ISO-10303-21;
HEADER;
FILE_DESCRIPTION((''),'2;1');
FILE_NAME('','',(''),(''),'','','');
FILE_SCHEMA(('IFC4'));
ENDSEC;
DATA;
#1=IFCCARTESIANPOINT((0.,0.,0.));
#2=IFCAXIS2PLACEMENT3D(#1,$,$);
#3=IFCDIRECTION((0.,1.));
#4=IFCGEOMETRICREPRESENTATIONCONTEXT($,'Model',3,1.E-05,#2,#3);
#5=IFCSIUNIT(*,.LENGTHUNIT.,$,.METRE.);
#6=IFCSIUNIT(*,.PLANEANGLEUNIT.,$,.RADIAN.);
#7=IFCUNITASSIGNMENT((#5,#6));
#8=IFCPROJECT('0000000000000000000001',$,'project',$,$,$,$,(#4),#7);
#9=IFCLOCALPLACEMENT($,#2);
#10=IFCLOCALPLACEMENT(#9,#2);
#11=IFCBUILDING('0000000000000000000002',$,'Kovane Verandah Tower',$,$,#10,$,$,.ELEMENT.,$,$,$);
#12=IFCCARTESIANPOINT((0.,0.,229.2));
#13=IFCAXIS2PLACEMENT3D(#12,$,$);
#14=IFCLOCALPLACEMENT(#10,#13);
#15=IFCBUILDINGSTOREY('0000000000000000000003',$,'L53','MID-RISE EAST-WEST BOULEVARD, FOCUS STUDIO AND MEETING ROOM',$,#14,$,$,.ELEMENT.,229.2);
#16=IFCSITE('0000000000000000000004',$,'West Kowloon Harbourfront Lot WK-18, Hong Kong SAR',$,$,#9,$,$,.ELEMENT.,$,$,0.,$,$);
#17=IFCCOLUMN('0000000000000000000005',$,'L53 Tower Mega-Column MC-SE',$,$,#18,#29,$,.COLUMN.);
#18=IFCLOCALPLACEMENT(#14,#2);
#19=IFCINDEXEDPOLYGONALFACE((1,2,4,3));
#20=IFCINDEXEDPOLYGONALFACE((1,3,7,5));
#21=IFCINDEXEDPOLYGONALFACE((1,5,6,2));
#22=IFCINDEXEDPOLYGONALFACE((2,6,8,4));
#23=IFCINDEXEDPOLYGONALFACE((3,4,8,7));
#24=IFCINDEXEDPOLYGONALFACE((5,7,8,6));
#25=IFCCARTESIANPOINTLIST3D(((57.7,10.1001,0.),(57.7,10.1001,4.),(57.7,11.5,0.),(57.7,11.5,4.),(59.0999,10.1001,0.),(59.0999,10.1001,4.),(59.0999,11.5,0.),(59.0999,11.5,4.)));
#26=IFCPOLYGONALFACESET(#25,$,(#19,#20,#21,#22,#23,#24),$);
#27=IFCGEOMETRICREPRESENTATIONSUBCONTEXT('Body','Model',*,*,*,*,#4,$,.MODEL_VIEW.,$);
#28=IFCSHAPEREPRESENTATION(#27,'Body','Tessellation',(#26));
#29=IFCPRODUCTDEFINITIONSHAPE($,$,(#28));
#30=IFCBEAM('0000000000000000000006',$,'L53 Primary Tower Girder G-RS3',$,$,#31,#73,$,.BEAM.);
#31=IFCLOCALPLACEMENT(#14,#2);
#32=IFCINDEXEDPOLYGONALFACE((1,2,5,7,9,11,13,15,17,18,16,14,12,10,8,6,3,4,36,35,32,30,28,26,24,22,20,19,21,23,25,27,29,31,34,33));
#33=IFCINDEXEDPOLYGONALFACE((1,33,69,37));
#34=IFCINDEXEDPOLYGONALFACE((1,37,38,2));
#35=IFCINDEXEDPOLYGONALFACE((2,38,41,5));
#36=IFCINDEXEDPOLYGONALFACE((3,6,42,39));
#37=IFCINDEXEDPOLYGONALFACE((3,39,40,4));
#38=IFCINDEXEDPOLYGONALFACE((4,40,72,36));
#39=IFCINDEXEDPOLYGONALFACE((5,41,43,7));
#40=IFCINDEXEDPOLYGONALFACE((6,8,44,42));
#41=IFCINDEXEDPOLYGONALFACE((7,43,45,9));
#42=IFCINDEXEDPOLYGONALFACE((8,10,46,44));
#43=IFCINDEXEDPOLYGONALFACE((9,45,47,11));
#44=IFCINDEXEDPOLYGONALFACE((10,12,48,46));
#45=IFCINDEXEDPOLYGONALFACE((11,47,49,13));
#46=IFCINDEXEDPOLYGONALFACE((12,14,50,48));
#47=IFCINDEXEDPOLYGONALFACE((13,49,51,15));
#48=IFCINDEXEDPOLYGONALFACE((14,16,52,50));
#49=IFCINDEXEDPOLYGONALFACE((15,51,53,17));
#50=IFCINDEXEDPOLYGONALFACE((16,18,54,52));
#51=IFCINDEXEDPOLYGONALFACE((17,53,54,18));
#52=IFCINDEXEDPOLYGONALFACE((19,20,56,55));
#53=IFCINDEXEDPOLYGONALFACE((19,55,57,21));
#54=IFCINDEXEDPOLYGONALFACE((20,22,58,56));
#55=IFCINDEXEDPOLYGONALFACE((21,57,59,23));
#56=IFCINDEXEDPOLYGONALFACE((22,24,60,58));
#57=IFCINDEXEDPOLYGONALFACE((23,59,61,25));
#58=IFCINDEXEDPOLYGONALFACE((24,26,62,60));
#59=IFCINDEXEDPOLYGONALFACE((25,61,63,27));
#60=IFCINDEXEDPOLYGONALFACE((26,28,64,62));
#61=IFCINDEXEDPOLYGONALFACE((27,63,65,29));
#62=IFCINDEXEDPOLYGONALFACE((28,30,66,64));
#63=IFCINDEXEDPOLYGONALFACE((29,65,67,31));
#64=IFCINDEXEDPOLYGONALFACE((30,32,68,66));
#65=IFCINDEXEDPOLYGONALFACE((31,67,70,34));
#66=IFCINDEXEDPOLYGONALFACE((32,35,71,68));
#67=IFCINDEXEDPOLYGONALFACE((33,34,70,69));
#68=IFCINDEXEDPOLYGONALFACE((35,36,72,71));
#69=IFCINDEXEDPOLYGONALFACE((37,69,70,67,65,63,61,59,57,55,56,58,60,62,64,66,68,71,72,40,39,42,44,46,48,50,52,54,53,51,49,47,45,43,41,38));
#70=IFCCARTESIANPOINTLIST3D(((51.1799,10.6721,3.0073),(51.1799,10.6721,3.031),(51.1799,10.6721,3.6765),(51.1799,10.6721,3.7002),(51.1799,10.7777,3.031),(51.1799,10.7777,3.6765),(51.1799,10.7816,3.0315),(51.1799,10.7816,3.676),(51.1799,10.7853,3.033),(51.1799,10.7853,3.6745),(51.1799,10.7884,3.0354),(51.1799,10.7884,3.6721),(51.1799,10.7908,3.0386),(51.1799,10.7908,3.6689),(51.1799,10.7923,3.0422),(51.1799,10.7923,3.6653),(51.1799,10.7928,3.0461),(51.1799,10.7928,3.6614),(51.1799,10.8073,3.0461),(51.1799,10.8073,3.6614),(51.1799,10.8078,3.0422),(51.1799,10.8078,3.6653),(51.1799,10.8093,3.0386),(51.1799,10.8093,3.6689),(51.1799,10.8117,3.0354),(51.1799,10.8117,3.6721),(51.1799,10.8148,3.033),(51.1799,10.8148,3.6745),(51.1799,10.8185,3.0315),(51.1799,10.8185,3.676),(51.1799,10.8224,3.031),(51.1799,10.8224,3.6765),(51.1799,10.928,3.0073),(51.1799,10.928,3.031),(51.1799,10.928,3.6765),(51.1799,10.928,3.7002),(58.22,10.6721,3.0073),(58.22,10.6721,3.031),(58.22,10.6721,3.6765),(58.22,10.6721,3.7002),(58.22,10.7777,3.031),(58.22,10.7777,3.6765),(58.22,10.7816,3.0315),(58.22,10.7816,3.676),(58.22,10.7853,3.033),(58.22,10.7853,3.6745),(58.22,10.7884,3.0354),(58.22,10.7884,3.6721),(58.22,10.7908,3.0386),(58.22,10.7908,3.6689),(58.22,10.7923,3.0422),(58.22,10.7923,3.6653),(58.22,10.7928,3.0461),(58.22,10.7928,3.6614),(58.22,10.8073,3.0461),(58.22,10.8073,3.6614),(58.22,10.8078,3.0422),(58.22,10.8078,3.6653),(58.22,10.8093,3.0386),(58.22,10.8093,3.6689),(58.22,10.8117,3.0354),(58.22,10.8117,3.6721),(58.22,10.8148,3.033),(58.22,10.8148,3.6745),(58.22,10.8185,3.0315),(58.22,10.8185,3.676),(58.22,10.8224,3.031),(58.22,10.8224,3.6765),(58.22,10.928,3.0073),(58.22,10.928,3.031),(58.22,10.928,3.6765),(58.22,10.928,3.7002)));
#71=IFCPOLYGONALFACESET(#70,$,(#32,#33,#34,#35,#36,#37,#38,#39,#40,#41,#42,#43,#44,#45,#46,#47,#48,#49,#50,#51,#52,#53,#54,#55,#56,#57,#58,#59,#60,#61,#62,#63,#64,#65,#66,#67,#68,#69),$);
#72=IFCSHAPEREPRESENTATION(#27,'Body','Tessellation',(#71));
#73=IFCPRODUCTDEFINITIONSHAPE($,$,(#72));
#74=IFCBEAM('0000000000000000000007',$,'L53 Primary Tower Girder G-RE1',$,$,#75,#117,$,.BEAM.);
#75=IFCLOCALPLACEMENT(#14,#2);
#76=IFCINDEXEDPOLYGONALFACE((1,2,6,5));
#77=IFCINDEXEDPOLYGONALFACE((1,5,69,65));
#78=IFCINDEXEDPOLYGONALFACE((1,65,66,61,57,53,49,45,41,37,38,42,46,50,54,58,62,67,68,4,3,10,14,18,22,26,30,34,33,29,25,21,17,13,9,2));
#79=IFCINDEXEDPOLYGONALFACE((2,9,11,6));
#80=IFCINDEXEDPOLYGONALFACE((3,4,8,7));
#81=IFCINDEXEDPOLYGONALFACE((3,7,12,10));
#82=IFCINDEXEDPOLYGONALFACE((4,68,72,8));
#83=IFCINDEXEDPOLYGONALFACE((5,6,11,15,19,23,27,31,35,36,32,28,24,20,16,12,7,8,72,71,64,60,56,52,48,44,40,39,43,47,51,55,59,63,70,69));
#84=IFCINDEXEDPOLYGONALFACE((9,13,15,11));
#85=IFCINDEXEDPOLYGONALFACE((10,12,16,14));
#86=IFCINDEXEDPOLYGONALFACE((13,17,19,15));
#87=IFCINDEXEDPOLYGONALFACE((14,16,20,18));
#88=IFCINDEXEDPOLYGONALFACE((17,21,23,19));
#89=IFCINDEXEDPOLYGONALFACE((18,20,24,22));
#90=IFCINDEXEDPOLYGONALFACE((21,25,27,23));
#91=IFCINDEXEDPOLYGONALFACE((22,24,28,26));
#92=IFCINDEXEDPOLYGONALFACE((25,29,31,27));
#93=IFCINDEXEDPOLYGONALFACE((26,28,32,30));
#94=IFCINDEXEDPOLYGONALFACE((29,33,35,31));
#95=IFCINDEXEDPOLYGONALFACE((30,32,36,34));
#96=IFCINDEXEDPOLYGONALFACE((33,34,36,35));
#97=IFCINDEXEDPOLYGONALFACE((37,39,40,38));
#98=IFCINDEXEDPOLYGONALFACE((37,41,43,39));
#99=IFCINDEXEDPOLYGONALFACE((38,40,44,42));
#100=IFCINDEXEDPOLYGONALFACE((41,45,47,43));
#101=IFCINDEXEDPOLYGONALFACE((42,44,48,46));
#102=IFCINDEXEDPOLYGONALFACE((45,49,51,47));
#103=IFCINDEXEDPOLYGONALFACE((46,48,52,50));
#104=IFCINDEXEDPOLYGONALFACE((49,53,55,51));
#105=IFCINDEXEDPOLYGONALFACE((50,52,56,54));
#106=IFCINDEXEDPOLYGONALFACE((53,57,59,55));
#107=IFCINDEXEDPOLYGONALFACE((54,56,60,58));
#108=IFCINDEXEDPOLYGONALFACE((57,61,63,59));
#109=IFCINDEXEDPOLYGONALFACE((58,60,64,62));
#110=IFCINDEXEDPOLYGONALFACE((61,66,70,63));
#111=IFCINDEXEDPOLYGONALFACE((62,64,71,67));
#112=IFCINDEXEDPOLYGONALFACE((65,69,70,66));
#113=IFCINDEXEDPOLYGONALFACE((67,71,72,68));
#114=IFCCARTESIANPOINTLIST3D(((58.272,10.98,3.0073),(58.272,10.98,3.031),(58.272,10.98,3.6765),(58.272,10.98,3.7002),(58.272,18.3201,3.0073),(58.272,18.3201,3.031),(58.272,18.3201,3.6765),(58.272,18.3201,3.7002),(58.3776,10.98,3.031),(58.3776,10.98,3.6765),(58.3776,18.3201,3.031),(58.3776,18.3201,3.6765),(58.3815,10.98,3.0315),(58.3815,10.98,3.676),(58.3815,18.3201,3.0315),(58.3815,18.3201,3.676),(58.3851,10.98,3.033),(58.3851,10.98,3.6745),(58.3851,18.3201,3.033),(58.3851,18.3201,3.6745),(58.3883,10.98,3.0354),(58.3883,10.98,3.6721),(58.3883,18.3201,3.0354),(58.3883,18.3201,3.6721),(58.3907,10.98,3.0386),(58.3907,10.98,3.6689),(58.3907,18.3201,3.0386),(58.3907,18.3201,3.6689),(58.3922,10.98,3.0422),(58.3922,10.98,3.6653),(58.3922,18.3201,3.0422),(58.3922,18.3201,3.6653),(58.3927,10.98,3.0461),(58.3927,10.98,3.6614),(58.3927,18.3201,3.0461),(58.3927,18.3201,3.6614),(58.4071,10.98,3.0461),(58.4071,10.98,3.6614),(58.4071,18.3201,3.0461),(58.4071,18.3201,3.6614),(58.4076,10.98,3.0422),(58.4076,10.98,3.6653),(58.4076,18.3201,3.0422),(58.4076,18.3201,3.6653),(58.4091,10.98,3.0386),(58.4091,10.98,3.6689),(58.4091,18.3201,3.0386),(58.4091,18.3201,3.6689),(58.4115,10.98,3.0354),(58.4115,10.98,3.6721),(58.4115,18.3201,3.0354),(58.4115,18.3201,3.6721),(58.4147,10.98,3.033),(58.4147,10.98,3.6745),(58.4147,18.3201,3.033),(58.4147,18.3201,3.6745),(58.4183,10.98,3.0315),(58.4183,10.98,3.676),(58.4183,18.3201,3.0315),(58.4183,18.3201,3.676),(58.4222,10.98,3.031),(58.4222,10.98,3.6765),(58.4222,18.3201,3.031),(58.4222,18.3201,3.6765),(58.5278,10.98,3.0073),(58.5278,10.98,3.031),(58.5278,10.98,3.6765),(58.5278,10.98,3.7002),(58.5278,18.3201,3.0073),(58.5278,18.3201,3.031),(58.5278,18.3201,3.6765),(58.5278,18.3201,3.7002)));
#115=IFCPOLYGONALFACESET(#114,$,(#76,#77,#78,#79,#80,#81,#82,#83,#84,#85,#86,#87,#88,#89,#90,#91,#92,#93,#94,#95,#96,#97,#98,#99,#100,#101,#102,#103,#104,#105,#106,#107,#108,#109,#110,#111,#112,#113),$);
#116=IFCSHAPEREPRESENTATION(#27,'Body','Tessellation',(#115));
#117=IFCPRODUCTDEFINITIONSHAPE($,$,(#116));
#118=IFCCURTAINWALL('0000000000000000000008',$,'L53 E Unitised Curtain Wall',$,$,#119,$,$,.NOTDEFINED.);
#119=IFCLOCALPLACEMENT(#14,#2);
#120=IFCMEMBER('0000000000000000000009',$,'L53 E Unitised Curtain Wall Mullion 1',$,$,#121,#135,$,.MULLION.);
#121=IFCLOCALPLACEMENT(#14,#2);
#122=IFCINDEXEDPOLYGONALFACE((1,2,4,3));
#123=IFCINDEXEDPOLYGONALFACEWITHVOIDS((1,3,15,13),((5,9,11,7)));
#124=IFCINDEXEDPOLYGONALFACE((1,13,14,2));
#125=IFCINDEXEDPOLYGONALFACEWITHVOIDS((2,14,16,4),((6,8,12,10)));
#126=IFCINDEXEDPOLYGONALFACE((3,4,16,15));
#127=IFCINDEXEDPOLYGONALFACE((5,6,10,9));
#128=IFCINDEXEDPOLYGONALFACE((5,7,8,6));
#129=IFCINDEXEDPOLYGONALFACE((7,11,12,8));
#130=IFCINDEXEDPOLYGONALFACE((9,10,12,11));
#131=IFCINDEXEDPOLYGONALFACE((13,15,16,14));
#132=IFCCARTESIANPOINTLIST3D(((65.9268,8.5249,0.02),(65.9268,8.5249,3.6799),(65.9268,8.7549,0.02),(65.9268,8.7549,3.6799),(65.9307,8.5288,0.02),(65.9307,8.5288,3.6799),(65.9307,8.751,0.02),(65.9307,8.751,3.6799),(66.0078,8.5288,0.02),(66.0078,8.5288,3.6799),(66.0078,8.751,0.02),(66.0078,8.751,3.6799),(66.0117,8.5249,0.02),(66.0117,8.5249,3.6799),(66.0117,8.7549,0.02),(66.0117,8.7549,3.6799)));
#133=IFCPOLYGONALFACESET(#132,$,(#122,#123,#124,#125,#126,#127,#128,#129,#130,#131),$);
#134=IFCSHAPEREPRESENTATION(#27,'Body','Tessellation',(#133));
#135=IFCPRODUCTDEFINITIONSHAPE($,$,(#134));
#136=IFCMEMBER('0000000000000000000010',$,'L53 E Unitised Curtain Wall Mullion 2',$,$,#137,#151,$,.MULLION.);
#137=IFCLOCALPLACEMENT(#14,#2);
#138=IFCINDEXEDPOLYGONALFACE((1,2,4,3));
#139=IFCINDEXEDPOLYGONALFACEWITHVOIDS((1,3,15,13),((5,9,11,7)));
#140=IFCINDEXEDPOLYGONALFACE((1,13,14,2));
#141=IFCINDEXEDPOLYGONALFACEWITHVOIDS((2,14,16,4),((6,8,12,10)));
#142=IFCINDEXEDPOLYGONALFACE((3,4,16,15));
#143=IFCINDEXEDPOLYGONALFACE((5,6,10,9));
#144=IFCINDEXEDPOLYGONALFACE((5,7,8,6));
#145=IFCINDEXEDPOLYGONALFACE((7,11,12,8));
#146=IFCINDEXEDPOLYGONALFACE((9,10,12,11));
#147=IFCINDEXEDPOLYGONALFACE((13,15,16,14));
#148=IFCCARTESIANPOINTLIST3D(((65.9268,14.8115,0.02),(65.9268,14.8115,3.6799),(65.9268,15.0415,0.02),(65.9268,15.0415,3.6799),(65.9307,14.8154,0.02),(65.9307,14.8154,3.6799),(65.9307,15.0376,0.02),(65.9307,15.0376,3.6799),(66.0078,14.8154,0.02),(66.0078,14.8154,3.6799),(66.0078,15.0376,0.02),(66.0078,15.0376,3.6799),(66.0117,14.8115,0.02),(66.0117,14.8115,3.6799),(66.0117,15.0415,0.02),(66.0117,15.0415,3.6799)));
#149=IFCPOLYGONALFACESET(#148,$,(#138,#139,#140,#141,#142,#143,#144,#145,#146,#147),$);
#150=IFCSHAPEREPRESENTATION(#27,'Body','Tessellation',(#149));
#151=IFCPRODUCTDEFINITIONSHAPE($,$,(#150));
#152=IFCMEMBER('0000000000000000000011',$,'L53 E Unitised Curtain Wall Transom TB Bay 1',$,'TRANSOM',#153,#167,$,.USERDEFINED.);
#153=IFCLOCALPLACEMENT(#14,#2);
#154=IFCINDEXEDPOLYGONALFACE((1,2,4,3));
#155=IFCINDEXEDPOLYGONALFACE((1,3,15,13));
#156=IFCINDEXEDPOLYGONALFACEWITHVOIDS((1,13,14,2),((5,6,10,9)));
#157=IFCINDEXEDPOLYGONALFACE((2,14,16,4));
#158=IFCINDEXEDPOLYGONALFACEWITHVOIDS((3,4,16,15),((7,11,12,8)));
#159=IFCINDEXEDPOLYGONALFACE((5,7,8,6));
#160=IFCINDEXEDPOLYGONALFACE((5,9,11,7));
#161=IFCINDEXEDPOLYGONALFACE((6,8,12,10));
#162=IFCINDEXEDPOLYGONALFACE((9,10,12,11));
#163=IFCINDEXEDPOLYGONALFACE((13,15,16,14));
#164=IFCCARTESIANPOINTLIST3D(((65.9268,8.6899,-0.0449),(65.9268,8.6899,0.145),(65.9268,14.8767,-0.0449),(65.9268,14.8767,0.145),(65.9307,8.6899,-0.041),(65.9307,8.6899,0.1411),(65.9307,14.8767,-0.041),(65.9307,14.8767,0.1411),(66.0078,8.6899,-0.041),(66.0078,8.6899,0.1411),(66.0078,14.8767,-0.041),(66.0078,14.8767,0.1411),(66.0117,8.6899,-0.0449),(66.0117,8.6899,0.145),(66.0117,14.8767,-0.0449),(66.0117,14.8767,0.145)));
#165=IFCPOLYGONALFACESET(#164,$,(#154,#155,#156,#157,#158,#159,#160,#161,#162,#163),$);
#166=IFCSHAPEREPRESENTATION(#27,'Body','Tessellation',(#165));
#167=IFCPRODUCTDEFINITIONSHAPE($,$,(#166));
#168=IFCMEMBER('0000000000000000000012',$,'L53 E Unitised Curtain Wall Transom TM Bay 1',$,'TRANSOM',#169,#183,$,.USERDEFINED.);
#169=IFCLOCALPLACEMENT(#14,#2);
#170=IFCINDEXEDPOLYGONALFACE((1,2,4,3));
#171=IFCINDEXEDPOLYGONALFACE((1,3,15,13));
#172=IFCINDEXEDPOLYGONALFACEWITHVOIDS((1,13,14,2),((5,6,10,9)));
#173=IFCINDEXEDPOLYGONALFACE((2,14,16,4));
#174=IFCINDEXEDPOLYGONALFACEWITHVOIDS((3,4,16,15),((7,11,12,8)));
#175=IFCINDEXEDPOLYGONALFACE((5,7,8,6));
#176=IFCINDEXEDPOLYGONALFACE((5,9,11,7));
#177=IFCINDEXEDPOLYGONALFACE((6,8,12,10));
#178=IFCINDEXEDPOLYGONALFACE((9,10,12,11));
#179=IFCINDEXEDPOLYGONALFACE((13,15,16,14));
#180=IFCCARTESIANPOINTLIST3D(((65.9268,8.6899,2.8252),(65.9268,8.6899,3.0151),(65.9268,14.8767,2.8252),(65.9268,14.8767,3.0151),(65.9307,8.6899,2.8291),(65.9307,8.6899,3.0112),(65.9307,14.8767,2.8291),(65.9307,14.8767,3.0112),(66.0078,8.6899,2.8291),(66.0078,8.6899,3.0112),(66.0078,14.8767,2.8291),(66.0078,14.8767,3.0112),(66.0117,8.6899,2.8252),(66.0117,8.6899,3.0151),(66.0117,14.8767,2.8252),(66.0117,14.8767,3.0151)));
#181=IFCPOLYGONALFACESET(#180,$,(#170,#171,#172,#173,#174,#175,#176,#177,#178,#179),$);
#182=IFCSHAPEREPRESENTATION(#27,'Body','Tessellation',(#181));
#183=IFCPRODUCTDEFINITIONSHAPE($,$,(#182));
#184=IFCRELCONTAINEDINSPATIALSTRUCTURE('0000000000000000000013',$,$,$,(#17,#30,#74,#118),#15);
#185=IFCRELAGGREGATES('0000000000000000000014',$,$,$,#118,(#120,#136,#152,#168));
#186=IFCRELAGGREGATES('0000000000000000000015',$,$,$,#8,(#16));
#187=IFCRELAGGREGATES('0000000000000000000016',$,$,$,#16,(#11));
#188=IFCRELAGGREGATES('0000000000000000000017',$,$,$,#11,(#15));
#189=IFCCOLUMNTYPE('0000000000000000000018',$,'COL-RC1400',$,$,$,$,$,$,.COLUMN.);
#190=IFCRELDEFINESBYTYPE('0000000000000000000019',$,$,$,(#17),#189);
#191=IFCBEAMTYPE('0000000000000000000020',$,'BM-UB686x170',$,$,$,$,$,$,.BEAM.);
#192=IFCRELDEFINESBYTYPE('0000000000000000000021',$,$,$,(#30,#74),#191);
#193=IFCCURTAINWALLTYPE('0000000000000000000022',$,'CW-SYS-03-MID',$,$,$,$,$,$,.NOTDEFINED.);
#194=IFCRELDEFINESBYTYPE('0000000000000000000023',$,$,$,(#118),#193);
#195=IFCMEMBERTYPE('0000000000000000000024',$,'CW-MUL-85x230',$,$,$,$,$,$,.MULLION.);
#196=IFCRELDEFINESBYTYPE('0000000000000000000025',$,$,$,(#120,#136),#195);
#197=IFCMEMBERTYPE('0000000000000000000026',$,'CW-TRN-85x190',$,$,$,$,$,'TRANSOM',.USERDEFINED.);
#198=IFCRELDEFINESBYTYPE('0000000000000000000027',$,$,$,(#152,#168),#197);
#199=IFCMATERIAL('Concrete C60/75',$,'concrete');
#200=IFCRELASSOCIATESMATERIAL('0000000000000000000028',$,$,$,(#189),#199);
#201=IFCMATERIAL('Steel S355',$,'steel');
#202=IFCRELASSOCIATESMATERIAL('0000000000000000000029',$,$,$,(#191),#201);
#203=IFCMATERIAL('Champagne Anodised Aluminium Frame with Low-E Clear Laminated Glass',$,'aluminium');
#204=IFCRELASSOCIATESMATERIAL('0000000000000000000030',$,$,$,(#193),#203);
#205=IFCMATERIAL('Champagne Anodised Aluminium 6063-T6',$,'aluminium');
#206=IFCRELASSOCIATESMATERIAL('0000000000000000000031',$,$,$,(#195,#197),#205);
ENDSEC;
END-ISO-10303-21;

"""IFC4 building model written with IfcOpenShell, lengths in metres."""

from ifc_helpers import new_model, si_unit, direction, frame, origin, origin_2d, place, context, subcontext, project, spatial, rectangle, hollow_rectangle, i_section, extrude, material, material_profile, profile_set, type_object, element, aggregate, save


model = new_model("IFC4")

# Units and contexts
model_context = context("Model", 3, precision=1e-05, world=origin(), true_north=direction((0.0, 1.0)))
body_context = subcontext(model_context, "Body", "Model", "MODEL_VIEW")
ifc_project = project(units=[si_unit("LENGTHUNIT", "METRE"), si_unit("PLANEANGLEUNIT", "RADIAN")], contexts=[model_context])

# Site, building, storey
site_placement = place(None, origin())
site = spatial("IfcSite", under=ifc_project, at=site_placement, Name="West Kowloon Harbourfront Lot WK-18, Hong Kong SAR", CompositionType="ELEMENT", RefElevation=0.0)
building_placement = place(site_placement, origin())
building = spatial("IfcBuilding", under=site, at=building_placement, Name="Kovane Verandah Tower", CompositionType="ELEMENT")
storey_placement = place(building_placement, frame((0.0, 0.0, 229.2)))
storey = spatial("IfcBuildingStorey", under=building, at=storey_placement, Name="L53", Description="MID-RISE EAST-WEST BOULEVARD, FOCUS STUDIO AND MEETING ROOM", CompositionType="ELEMENT", Elevation=229.2)

# Column
ifc_material_1 = material(Name="Concrete C60/75", Category="concrete")
ifc_material_profile_1 = material_profile(ifc_material_1, rectangle(XDim=1.3999, YDim=1.3999, at=origin_2d()), Name="RC1400x1400")
ifc_profile_set_1 = profile_set([ifc_material_profile_1], Name="Concrete C60/75")
column_type = type_object("IfcColumnType", Name="COL-RC1400", PredefinedType="COLUMN", material=ifc_profile_set_1)
column_placement = place(storey_placement, frame((58.3999, 10.8, 0.0), z_axis=(0.0, 0.0, 1.0), x_axis=(1.0, 0.0, 0.0)))
element("IfcColumn", 1, at=column_placement, inside=storey, type_object=column_type, Name="L53 Tower Mega-Column MC-SE", PredefinedType="COLUMN", context=body_context, shape_type="SweptSolid", body=[
    extrude(rectangle(XDim=1.3999, YDim=1.3999, at=origin_2d()), origin(), (0.0, 0.0, 1.0), 4.0),
])

# Beams
ifc_material_2 = material(Name="Steel S355", Category="steel")
ifc_material_profile_2 = material_profile(ifc_material_2, i_section(OverallWidth=0.2559, OverallDepth=0.6929, WebThickness=0.0144, FlangeThickness=0.0237, FilletRadius=0.0151, at=origin_2d()), Name="UB686x254x170")
ifc_profile_set_2 = profile_set([ifc_material_profile_2], Name="Steel S355")
beam_type_1 = type_object("IfcBeamType", Name="BM-UB686x170", PredefinedType="BEAM", material=ifc_profile_set_2)
beam_1_placement = place(storey_placement, frame((51.1799, 10.8, 3.3538), z_axis=(1.0, 0.0, 0.0), x_axis=(0.0, 1.0, 0.0)))
element("IfcBeam", 2, at=beam_1_placement, inside=storey, type_object=beam_type_1, Name="L53 Primary Tower Girder G-RS3", PredefinedType="BEAM", context=body_context, shape_type="SweptSolid", body=[
    extrude(i_section(OverallWidth=0.2559, OverallDepth=0.6929, WebThickness=0.0144, FlangeThickness=0.0237, FilletRadius=0.0151, at=origin_2d()), origin(), (0.0, 0.0, 1.0), 7.04),
])
beam_2_placement = place(storey_placement, frame((58.3999, 10.98, 3.3538), z_axis=(0.0, 1.0, 0.0), x_axis=(-1.0, 0.0, 0.0)))
element("IfcBeam", 3, at=beam_2_placement, inside=storey, type_object=beam_type_1, Name="L53 Primary Tower Girder G-RE1", PredefinedType="BEAM", context=body_context, shape_type="SweptSolid", body=[
    extrude(i_section(OverallWidth=0.2559, OverallDepth=0.6929, WebThickness=0.0144, FlangeThickness=0.0237, FilletRadius=0.0151, at=origin_2d()), origin(), (0.0, 0.0, 1.0), 7.3401),
])

# Curtain wall, members
ifc_material_3 = material(Name="Champagne Anodised Aluminium Frame with Low-E Clear Laminated Glass", Category="aluminium")
curtain_wall_type = type_object("IfcCurtainWallType", Name="CW-SYS-03-MID", PredefinedType="NOTDEFINED", material=ifc_material_3)
curtain_wall_placement = place(storey_placement, origin())
curtain_wall = element("IfcCurtainWall", 4, at=curtain_wall_placement, inside=storey, type_object=curtain_wall_type, Name="L53 E Unitised Curtain Wall", PredefinedType="NOTDEFINED")
ifc_material_4 = material(Name="Champagne Anodised Aluminium 6063-T6", Category="aluminium")
ifc_material_profile_3 = material_profile(ifc_material_4, hollow_rectangle(XDim=0.085, YDim=0.23, WallThickness=0.0039, at=origin_2d()), Name="AL85x230x4")
ifc_profile_set_3 = profile_set([ifc_material_profile_3], Name="Champagne Anodised Aluminium 6063-T6")
member_type_1 = type_object("IfcMemberType", Name="CW-MUL-85x230", PredefinedType="MULLION", material=ifc_profile_set_3)
member_1_placement = place(storey_placement, frame((65.9692, 8.6399, 0.02), z_axis=(0.0, 0.0, 1.0), x_axis=(1.0, 0.0, 0.0)))
member_1 = element("IfcMember", 5, at=member_1_placement, type_object=member_type_1, Name="L53 E Unitised Curtain Wall Mullion 1", PredefinedType="MULLION", context=body_context, shape_type="SweptSolid", body=[
    extrude(hollow_rectangle(XDim=0.085, YDim=0.23, WallThickness=0.0039, at=origin_2d()), origin(), (0.0, 0.0, 1.0), 3.6599),
])
member_2_placement = place(storey_placement, frame((65.9692, 14.9265, 0.02), z_axis=(0.0, 0.0, 1.0), x_axis=(1.0, 0.0, 0.0)))
member_2 = element("IfcMember", 6, at=member_2_placement, type_object=member_type_1, Name="L53 E Unitised Curtain Wall Mullion 2", PredefinedType="MULLION", context=body_context, shape_type="SweptSolid", body=[
    extrude(hollow_rectangle(XDim=0.085, YDim=0.23, WallThickness=0.0039, at=origin_2d()), origin(), (0.0, 0.0, 1.0), 3.6599),
])
ifc_material_profile_4 = material_profile(ifc_material_4, hollow_rectangle(XDim=0.085, YDim=0.1899, WallThickness=0.0039, at=origin_2d()), Name="AL85x190x4")
ifc_profile_set_4 = profile_set([ifc_material_profile_4], Name="Champagne Anodised Aluminium 6063-T6")
member_type_2 = type_object("IfcMemberType", Name="CW-TRN-85x190", ElementType="TRANSOM", PredefinedType="USERDEFINED", material=ifc_profile_set_4)
member_3_placement = place(storey_placement, frame((65.9692, 8.6899, 0.05), z_axis=(0.0, 1.0, 0.0), x_axis=(-1.0, 0.0, 0.0)))
member_3 = element("IfcMember", 7, at=member_3_placement, type_object=member_type_2, Name="L53 E Unitised Curtain Wall Transom TB Bay 1", ObjectType="TRANSOM", PredefinedType="USERDEFINED", context=body_context, shape_type="SweptSolid", body=[
    extrude(hollow_rectangle(XDim=0.085, YDim=0.1899, WallThickness=0.0039, at=origin_2d()), origin(), (0.0, 0.0, 1.0), 6.1868),
])
member_4_placement = place(storey_placement, frame((65.9692, 8.6899, 2.9202), z_axis=(0.0, 1.0, 0.0), x_axis=(-1.0, 0.0, 0.0)))
member_4 = element("IfcMember", 8, at=member_4_placement, type_object=member_type_2, Name="L53 E Unitised Curtain Wall Transom TM Bay 1", ObjectType="TRANSOM", PredefinedType="USERDEFINED", context=body_context, shape_type="SweptSolid", body=[
    extrude(hollow_rectangle(XDim=0.085, YDim=0.1899, WallThickness=0.0039, at=origin_2d()), origin(), (0.0, 0.0, 1.0), 6.1868),
])

aggregate(curtain_wall, [member_1, member_2, member_3, member_4])

save(model, "model.ifc")
